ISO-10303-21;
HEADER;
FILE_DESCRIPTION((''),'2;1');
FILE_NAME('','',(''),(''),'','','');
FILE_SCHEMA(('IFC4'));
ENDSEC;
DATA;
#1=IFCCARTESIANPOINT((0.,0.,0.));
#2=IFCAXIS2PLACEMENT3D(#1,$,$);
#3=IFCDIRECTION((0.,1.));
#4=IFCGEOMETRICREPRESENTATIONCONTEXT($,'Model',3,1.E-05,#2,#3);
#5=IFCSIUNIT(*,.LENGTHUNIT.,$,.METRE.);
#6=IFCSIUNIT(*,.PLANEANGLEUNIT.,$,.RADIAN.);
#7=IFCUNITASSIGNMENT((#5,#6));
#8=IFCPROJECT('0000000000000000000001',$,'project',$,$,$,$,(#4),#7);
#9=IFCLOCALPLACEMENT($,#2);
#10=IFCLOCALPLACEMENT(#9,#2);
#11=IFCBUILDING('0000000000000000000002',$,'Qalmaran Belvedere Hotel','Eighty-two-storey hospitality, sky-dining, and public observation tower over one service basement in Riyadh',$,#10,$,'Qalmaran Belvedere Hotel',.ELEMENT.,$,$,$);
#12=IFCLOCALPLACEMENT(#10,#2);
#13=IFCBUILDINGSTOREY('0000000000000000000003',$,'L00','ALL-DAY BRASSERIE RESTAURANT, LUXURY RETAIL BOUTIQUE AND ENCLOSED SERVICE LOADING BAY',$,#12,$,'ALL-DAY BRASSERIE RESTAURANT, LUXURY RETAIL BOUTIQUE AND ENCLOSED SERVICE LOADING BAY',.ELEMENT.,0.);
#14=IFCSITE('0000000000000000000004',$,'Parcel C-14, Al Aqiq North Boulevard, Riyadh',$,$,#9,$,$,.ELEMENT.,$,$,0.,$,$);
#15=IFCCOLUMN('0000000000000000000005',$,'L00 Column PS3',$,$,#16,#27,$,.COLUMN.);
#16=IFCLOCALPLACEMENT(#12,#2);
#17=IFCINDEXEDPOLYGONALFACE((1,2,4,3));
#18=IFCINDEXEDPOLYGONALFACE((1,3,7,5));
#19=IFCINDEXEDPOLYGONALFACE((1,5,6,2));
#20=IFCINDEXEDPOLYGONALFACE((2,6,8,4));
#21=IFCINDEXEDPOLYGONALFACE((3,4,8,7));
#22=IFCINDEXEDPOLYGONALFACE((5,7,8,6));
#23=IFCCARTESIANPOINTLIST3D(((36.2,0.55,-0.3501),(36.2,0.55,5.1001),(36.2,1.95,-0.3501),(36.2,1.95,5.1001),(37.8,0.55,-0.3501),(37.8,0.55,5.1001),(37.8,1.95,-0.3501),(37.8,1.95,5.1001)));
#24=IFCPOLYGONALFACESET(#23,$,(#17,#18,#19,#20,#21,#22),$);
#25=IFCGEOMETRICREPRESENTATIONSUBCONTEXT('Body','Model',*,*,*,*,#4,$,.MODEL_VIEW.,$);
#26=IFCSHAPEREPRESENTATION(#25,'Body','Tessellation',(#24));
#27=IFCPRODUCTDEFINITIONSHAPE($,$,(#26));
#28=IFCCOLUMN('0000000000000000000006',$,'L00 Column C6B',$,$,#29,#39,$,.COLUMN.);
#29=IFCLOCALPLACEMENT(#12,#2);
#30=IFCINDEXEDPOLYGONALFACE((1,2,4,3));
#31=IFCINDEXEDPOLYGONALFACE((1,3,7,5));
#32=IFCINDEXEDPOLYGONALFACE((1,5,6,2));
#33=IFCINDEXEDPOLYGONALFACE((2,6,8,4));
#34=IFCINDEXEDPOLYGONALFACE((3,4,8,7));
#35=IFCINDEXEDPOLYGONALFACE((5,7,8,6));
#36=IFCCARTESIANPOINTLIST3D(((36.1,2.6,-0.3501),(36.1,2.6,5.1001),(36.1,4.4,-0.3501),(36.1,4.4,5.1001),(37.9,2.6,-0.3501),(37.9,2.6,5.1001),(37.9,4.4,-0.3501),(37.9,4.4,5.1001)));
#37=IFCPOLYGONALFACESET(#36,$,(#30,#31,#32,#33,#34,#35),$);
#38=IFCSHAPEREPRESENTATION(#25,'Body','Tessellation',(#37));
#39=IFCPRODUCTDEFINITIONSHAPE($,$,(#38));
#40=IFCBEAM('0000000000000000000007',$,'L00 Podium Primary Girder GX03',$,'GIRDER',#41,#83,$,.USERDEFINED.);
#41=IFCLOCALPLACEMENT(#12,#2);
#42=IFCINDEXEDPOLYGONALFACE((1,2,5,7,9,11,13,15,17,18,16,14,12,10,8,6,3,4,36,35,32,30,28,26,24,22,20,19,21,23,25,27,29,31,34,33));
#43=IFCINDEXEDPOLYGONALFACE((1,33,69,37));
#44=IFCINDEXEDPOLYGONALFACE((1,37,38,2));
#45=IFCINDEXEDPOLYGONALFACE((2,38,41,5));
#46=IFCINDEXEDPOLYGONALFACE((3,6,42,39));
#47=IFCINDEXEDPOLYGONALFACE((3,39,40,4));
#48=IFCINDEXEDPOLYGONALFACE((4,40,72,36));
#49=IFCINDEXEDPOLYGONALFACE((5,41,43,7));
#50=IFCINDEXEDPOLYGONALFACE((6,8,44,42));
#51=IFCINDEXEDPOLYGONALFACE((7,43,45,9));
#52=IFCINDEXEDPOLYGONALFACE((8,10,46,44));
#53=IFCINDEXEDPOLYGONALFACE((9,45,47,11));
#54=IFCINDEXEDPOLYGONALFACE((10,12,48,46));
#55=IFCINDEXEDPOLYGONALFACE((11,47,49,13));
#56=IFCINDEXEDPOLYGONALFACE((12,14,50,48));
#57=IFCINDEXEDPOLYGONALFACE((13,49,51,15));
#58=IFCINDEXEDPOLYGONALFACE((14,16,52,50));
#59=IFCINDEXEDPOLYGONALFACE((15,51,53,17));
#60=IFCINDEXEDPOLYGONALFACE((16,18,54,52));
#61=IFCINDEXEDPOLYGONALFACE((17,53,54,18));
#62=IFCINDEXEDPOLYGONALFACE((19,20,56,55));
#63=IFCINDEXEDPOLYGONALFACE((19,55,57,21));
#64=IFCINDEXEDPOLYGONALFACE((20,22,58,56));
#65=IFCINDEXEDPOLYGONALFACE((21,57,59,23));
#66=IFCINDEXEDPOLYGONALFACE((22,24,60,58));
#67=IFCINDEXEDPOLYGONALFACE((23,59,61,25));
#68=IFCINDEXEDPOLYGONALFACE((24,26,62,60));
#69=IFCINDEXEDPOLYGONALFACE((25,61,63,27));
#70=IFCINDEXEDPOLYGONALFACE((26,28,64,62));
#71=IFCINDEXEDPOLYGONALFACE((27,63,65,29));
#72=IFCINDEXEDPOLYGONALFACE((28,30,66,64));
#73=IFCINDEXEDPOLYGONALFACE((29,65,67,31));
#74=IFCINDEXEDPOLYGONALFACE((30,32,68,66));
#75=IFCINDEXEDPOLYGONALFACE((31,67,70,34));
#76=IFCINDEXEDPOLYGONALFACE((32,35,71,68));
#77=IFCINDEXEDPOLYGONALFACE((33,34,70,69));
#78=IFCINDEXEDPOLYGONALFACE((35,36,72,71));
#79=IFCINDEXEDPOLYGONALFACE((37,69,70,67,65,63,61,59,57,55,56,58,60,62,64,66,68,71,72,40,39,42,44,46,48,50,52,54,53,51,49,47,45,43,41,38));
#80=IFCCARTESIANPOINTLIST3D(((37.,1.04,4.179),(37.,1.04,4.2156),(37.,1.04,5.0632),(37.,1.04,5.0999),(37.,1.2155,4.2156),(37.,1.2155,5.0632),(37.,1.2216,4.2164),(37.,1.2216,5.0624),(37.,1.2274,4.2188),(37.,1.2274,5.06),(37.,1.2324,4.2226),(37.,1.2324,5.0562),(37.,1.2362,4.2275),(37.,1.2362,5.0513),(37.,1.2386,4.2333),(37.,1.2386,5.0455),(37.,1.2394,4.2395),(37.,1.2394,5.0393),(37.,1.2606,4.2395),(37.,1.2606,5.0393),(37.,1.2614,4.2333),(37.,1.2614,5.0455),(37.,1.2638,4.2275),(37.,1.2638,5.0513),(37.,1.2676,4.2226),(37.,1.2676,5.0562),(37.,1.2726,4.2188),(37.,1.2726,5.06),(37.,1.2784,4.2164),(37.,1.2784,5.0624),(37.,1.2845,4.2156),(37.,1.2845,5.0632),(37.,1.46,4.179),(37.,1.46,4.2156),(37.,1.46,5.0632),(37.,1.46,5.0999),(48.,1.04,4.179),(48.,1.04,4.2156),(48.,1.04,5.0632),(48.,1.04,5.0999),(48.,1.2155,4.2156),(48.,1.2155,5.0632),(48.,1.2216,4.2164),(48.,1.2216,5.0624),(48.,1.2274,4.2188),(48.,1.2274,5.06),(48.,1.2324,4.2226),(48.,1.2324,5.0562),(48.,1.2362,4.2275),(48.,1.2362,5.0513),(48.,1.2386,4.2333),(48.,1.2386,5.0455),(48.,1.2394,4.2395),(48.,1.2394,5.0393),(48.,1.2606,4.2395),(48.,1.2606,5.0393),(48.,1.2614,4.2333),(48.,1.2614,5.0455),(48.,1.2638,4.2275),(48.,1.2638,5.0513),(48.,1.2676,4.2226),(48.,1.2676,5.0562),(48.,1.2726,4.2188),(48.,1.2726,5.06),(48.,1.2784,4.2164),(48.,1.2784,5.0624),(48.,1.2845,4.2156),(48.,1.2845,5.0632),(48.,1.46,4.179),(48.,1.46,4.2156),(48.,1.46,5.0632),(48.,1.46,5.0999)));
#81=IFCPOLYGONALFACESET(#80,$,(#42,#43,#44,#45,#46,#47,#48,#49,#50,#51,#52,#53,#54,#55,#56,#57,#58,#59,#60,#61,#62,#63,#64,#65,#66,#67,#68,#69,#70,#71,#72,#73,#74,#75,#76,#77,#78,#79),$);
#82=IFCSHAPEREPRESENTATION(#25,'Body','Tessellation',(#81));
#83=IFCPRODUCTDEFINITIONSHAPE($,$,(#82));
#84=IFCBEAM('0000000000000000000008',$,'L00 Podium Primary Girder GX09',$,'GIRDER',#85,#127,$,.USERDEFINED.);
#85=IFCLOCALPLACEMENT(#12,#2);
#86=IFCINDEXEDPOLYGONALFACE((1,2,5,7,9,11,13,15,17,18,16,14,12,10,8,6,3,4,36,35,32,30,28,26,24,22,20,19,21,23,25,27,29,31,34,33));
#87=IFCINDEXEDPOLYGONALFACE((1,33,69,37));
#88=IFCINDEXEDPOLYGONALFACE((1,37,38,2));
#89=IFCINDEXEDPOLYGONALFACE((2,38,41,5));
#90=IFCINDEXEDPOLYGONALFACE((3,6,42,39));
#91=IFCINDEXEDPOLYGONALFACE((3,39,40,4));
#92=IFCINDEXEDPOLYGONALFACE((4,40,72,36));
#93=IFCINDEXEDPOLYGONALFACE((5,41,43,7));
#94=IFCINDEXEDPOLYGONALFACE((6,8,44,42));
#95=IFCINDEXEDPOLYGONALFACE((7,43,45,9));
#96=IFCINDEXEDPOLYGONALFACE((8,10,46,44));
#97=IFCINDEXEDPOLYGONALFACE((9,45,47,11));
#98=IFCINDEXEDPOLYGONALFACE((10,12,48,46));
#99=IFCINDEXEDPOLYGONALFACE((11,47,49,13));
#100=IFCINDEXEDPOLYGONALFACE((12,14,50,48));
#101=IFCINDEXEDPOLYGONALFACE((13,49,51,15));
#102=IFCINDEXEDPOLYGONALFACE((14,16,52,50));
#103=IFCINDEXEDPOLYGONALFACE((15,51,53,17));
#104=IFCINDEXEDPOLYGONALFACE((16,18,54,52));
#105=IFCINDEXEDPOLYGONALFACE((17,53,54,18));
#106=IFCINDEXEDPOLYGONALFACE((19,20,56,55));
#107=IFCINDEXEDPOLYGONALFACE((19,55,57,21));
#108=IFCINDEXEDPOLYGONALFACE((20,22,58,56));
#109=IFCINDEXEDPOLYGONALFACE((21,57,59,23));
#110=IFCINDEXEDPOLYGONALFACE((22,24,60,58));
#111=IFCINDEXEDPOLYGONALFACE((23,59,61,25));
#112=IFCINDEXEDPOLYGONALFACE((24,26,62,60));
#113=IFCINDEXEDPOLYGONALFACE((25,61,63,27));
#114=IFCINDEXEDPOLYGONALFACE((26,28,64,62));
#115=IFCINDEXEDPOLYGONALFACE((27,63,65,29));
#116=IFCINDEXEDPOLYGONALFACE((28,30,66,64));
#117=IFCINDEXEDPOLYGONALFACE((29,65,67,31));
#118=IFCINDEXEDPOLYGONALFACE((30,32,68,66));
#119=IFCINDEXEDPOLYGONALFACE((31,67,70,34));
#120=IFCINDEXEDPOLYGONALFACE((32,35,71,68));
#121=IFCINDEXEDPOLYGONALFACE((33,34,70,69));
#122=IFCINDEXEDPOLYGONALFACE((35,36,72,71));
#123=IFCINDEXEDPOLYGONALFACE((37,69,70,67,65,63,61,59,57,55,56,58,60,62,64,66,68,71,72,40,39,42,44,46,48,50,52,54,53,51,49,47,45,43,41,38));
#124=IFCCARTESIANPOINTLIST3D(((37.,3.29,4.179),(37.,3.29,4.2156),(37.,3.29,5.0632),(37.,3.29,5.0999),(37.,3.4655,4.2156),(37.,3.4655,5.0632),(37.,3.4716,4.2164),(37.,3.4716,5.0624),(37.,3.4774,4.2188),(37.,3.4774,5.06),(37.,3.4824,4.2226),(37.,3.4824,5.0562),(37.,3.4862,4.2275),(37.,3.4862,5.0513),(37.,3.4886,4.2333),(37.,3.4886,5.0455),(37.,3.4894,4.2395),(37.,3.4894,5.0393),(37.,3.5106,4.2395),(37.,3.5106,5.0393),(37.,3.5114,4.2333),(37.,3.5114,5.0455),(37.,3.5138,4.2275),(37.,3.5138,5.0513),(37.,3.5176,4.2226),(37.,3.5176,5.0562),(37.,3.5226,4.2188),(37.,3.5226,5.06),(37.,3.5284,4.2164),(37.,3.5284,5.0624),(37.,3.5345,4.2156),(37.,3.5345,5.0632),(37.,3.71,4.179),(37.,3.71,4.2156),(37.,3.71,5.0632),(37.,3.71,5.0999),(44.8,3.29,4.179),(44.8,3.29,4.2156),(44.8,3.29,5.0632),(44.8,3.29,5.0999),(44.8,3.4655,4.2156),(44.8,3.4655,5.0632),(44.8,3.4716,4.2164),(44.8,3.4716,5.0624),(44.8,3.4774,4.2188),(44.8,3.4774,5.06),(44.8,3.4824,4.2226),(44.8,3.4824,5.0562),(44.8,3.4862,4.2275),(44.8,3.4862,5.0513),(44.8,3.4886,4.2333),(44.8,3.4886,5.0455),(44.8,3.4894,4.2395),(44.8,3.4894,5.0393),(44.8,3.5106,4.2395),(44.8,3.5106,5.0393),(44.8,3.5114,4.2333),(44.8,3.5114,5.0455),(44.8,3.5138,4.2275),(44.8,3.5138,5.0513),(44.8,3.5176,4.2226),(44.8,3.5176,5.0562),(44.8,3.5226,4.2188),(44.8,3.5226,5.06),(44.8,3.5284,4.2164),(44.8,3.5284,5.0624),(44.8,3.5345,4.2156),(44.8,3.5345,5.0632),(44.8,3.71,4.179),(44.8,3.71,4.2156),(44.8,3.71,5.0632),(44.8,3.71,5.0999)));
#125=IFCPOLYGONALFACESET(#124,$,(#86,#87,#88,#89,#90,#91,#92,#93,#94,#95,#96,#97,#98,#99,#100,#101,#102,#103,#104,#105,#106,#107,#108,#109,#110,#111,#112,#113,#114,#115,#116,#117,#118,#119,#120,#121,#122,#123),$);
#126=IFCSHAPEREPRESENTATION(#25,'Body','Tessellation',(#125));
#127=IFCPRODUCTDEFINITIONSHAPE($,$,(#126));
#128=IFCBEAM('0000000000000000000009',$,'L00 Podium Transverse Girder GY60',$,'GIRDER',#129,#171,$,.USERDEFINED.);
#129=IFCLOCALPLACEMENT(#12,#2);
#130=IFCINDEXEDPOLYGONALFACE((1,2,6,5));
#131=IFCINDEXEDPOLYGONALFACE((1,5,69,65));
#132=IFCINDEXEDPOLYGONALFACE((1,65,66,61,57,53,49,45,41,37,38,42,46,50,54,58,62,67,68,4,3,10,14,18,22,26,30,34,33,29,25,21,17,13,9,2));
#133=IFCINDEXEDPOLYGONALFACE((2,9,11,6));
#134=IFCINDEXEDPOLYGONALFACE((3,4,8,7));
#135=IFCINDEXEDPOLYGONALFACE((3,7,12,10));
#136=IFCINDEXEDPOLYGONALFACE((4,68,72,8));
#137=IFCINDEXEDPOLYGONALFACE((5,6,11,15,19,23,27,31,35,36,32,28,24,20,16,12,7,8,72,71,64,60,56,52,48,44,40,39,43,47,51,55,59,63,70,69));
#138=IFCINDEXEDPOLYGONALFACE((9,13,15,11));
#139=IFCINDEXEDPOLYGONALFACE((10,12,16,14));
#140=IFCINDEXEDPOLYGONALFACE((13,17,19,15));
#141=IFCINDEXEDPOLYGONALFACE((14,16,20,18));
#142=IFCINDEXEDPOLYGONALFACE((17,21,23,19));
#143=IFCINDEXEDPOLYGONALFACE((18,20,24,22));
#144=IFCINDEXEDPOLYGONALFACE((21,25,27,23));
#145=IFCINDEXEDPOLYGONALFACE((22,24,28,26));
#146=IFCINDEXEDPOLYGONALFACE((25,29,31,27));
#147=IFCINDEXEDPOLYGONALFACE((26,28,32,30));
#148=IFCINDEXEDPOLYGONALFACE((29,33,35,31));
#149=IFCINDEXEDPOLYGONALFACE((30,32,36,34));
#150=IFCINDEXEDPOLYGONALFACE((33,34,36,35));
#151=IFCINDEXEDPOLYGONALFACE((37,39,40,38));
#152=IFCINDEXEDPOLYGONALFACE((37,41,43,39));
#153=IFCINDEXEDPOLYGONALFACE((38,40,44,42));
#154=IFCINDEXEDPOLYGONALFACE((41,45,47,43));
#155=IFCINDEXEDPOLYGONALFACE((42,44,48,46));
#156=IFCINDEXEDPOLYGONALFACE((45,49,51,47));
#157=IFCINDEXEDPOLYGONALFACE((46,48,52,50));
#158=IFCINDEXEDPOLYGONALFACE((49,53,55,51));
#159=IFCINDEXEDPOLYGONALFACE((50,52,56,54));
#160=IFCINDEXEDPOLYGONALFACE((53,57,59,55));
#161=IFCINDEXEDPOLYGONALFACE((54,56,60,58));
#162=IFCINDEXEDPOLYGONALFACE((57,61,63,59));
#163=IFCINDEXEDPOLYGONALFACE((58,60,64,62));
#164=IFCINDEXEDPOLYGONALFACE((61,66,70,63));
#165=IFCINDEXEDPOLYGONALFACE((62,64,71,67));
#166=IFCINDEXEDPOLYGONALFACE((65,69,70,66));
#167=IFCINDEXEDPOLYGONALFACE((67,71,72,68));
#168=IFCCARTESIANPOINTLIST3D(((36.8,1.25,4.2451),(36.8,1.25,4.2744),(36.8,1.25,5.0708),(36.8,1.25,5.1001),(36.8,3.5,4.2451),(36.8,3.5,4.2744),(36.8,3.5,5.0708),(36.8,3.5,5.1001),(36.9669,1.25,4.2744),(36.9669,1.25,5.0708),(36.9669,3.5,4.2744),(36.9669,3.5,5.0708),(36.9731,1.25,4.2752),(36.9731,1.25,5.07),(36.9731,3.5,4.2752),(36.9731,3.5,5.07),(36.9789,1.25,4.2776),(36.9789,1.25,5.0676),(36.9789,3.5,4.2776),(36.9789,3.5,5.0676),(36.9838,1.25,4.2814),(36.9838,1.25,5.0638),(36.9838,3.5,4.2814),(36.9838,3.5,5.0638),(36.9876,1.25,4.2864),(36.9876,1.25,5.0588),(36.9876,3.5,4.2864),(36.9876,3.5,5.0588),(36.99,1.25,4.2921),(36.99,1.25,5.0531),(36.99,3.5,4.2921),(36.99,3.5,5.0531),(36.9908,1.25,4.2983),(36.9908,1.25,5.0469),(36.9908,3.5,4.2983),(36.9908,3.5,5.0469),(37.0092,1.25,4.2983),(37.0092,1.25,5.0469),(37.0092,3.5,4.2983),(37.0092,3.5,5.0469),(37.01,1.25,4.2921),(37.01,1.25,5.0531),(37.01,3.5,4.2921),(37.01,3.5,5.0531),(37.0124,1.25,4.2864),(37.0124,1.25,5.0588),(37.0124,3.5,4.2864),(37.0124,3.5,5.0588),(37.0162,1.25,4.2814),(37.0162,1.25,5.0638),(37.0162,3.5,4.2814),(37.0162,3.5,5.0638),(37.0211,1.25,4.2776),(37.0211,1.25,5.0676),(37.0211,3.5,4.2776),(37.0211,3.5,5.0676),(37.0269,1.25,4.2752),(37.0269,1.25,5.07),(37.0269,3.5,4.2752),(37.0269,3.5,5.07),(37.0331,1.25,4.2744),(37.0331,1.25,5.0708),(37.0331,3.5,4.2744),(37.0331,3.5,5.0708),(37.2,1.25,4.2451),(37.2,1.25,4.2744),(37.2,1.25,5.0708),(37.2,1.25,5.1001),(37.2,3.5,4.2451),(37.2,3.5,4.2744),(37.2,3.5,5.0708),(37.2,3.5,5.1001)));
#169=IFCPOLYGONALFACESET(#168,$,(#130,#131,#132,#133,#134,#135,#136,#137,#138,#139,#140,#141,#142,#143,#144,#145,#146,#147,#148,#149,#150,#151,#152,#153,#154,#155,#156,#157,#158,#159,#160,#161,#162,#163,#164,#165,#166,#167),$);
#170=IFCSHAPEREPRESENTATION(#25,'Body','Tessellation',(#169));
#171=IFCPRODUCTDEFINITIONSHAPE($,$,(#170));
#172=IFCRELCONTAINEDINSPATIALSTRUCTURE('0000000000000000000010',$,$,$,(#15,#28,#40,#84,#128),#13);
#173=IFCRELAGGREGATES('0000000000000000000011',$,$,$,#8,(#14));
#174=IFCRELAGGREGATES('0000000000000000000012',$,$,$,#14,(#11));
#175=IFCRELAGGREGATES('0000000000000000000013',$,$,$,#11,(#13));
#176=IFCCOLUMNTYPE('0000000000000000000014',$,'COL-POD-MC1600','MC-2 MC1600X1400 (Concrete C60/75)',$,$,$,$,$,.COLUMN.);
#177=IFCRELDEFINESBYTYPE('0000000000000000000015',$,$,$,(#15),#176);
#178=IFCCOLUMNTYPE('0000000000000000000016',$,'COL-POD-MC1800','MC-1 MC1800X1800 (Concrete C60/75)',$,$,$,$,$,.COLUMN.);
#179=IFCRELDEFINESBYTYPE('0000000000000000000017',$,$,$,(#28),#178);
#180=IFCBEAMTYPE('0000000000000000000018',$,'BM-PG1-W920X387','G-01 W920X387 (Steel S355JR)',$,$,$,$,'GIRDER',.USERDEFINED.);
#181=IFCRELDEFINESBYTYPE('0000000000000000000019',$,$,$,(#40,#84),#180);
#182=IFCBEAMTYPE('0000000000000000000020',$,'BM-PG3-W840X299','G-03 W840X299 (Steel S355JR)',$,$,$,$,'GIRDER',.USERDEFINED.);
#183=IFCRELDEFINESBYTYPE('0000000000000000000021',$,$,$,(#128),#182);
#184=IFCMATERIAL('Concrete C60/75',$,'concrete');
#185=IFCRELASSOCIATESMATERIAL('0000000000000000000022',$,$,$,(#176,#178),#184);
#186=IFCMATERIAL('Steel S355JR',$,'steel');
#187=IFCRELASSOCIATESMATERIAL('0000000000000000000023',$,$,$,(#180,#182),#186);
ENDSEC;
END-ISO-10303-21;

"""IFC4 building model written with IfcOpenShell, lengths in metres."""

from ifc_helpers import new_model, si_unit, direction, frame, origin, origin_2d, place, context, subcontext, project, spatial, rectangle, i_section, extrude, material, material_profile, profile_set, type_object, element, save


model = new_model("IFC4")

# Units and contexts
model_context = context("Model", 3, precision=1e-05, world=origin(), true_north=direction((0.0, 1.0)))
body_context = subcontext(model_context, "Body", "Model", "MODEL_VIEW")
ifc_project = project(units=[si_unit("LENGTHUNIT", "METRE"), si_unit("PLANEANGLEUNIT", "RADIAN")], contexts=[model_context])

# Site, building, storey
site_placement = place(None, origin())
site = spatial("IfcSite", under=ifc_project, at=site_placement, Name="Parcel C-14, Al Aqiq North Boulevard, Riyadh", CompositionType="ELEMENT", RefElevation=0.0)
building_placement = place(site_placement, origin())
building = spatial("IfcBuilding", under=site, at=building_placement, Name="Qalmaran Belvedere Hotel", Description="Eighty-two-storey hospitality, sky-dining, and public observation tower over one service basement in Riyadh", LongName="Qalmaran Belvedere Hotel", CompositionType="ELEMENT")
storey_placement = place(building_placement, origin())
storey = spatial("IfcBuildingStorey", under=building, at=storey_placement, Name="L00", Description="ALL-DAY BRASSERIE RESTAURANT, LUXURY RETAIL BOUTIQUE AND ENCLOSED SERVICE LOADING BAY", LongName="ALL-DAY BRASSERIE RESTAURANT, LUXURY RETAIL BOUTIQUE AND ENCLOSED SERVICE LOADING BAY", CompositionType="ELEMENT", Elevation=0.0)

# Columns
ifc_material_1 = material(Name="Concrete C60/75", Category="concrete")
ifc_material_profile_1 = material_profile(ifc_material_1, rectangle(XDim=1.6001, YDim=1.3999, at=origin_2d()), Name="MC1600X1400")
ifc_profile_set_1 = profile_set([ifc_material_profile_1], Name="Concrete C60/75")
column_type_1 = type_object("IfcColumnType", Name="COL-POD-MC1600", Description="MC-2 MC1600X1400 (Concrete C60/75)", PredefinedType="COLUMN", material=ifc_profile_set_1)
column_1_placement = place(storey_placement, frame((37.0, 1.25, -0.3501), z_axis=(0.0, 0.0, 1.0), x_axis=(1.0, 0.0, 0.0)))
element("IfcColumn", 1, at=column_1_placement, inside=storey, type_object=column_type_1, Name="L00 Column PS3", PredefinedType="COLUMN", context=body_context, shape_type="SweptSolid", body=[
    extrude(rectangle(XDim=1.6001, YDim=1.3999, at=origin_2d()), origin(), (0.0, 0.0, 1.0), 5.4502),
])
ifc_material_profile_2 = material_profile(ifc_material_1, rectangle(XDim=1.8, YDim=1.8, at=origin_2d()), Name="MC1800X1800")
ifc_profile_set_2 = profile_set([ifc_material_profile_2], Name="Concrete C60/75")
column_type_2 = type_object("IfcColumnType", Name="COL-POD-MC1800", Description="MC-1 MC1800X1800 (Concrete C60/75)", PredefinedType="COLUMN", material=ifc_profile_set_2)
column_2_placement = place(storey_placement, frame((37.0, 3.5, -0.3501), z_axis=(0.0, 0.0, 1.0), x_axis=(1.0, 0.0, 0.0)))
element("IfcColumn", 2, at=column_2_placement, inside=storey, type_object=column_type_2, Name="L00 Column C6B", PredefinedType="COLUMN", context=body_context, shape_type="SweptSolid", body=[
    extrude(rectangle(XDim=1.8, YDim=1.8, at=origin_2d()), origin(), (0.0, 0.0, 1.0), 5.4502),
])

# Beams
ifc_material_2 = material(Name="Steel S355JR", Category="steel")
ifc_material_profile_3 = material_profile(ifc_material_2, i_section(OverallWidth=0.4199, OverallDepth=0.9209, WebThickness=0.0212, FlangeThickness=0.0366, FilletRadius=0.0239, at=origin_2d()), Name="W920X387")
ifc_profile_set_3 = profile_set([ifc_material_profile_3], Name="Steel S355JR")
beam_type_1 = type_object("IfcBeamType", Name="BM-PG1-W920X387", Description="G-01 W920X387 (Steel S355JR)", ElementType="GIRDER", PredefinedType="USERDEFINED", material=ifc_profile_set_3)
beam_1_placement = place(storey_placement, frame((37.0, 1.25, 4.6394), z_axis=(1.0, 0.0, 0.0), x_axis=(0.0, 1.0, 0.0)))
element("IfcBeam", 3, at=beam_1_placement, inside=storey, type_object=beam_type_1, Name="L00 Podium Primary Girder GX03", ObjectType="GIRDER", PredefinedType="USERDEFINED", context=body_context, shape_type="SweptSolid", body=[
    extrude(i_section(OverallWidth=0.4199, OverallDepth=0.9209, WebThickness=0.0212, FlangeThickness=0.0366, FilletRadius=0.0239, at=origin_2d()), origin(), (0.0, 0.0, 1.0), 11.0),
])
beam_2_placement = place(storey_placement, frame((37.0, 3.5, 4.6394), z_axis=(1.0, 0.0, 0.0), x_axis=(0.0, 1.0, 0.0)))
element("IfcBeam", 4, at=beam_2_placement, inside=storey, type_object=beam_type_1, Name="L00 Podium Primary Girder GX09", ObjectType="GIRDER", PredefinedType="USERDEFINED", context=body_context, shape_type="SweptSolid", body=[
    extrude(i_section(OverallWidth=0.4199, OverallDepth=0.9209, WebThickness=0.0212, FlangeThickness=0.0366, FilletRadius=0.0239, at=origin_2d()), origin(), (0.0, 0.0, 1.0), 7.8),
])
ifc_material_profile_4 = material_profile(ifc_material_2, i_section(OverallWidth=0.3999, OverallDepth=0.855, WebThickness=0.0183, FlangeThickness=0.0293, FilletRadius=0.0239, at=origin_2d()), Name="W840X299")
ifc_profile_set_4 = profile_set([ifc_material_profile_4], Name="Steel S355JR")
beam_type_2 = type_object("IfcBeamType", Name="BM-PG3-W840X299", Description="G-03 W840X299 (Steel S355JR)", ElementType="GIRDER", PredefinedType="USERDEFINED", material=ifc_profile_set_4)
beam_3_placement = place(storey_placement, frame((37.0, 1.25, 4.6726), z_axis=(0.0, 1.0, 0.0), x_axis=(-1.0, 0.0, 0.0)))
element("IfcBeam", 5, at=beam_3_placement, inside=storey, type_object=beam_type_2, Name="L00 Podium Transverse Girder GY60", ObjectType="GIRDER", PredefinedType="USERDEFINED", context=body_context, shape_type="SweptSolid", body=[
    extrude(i_section(OverallWidth=0.3999, OverallDepth=0.855, WebThickness=0.0183, FlangeThickness=0.0293, FilletRadius=0.0239, at=origin_2d()), origin(), (0.0, 0.0, 1.0), 2.25),
])

save(model, "model.ifc")
